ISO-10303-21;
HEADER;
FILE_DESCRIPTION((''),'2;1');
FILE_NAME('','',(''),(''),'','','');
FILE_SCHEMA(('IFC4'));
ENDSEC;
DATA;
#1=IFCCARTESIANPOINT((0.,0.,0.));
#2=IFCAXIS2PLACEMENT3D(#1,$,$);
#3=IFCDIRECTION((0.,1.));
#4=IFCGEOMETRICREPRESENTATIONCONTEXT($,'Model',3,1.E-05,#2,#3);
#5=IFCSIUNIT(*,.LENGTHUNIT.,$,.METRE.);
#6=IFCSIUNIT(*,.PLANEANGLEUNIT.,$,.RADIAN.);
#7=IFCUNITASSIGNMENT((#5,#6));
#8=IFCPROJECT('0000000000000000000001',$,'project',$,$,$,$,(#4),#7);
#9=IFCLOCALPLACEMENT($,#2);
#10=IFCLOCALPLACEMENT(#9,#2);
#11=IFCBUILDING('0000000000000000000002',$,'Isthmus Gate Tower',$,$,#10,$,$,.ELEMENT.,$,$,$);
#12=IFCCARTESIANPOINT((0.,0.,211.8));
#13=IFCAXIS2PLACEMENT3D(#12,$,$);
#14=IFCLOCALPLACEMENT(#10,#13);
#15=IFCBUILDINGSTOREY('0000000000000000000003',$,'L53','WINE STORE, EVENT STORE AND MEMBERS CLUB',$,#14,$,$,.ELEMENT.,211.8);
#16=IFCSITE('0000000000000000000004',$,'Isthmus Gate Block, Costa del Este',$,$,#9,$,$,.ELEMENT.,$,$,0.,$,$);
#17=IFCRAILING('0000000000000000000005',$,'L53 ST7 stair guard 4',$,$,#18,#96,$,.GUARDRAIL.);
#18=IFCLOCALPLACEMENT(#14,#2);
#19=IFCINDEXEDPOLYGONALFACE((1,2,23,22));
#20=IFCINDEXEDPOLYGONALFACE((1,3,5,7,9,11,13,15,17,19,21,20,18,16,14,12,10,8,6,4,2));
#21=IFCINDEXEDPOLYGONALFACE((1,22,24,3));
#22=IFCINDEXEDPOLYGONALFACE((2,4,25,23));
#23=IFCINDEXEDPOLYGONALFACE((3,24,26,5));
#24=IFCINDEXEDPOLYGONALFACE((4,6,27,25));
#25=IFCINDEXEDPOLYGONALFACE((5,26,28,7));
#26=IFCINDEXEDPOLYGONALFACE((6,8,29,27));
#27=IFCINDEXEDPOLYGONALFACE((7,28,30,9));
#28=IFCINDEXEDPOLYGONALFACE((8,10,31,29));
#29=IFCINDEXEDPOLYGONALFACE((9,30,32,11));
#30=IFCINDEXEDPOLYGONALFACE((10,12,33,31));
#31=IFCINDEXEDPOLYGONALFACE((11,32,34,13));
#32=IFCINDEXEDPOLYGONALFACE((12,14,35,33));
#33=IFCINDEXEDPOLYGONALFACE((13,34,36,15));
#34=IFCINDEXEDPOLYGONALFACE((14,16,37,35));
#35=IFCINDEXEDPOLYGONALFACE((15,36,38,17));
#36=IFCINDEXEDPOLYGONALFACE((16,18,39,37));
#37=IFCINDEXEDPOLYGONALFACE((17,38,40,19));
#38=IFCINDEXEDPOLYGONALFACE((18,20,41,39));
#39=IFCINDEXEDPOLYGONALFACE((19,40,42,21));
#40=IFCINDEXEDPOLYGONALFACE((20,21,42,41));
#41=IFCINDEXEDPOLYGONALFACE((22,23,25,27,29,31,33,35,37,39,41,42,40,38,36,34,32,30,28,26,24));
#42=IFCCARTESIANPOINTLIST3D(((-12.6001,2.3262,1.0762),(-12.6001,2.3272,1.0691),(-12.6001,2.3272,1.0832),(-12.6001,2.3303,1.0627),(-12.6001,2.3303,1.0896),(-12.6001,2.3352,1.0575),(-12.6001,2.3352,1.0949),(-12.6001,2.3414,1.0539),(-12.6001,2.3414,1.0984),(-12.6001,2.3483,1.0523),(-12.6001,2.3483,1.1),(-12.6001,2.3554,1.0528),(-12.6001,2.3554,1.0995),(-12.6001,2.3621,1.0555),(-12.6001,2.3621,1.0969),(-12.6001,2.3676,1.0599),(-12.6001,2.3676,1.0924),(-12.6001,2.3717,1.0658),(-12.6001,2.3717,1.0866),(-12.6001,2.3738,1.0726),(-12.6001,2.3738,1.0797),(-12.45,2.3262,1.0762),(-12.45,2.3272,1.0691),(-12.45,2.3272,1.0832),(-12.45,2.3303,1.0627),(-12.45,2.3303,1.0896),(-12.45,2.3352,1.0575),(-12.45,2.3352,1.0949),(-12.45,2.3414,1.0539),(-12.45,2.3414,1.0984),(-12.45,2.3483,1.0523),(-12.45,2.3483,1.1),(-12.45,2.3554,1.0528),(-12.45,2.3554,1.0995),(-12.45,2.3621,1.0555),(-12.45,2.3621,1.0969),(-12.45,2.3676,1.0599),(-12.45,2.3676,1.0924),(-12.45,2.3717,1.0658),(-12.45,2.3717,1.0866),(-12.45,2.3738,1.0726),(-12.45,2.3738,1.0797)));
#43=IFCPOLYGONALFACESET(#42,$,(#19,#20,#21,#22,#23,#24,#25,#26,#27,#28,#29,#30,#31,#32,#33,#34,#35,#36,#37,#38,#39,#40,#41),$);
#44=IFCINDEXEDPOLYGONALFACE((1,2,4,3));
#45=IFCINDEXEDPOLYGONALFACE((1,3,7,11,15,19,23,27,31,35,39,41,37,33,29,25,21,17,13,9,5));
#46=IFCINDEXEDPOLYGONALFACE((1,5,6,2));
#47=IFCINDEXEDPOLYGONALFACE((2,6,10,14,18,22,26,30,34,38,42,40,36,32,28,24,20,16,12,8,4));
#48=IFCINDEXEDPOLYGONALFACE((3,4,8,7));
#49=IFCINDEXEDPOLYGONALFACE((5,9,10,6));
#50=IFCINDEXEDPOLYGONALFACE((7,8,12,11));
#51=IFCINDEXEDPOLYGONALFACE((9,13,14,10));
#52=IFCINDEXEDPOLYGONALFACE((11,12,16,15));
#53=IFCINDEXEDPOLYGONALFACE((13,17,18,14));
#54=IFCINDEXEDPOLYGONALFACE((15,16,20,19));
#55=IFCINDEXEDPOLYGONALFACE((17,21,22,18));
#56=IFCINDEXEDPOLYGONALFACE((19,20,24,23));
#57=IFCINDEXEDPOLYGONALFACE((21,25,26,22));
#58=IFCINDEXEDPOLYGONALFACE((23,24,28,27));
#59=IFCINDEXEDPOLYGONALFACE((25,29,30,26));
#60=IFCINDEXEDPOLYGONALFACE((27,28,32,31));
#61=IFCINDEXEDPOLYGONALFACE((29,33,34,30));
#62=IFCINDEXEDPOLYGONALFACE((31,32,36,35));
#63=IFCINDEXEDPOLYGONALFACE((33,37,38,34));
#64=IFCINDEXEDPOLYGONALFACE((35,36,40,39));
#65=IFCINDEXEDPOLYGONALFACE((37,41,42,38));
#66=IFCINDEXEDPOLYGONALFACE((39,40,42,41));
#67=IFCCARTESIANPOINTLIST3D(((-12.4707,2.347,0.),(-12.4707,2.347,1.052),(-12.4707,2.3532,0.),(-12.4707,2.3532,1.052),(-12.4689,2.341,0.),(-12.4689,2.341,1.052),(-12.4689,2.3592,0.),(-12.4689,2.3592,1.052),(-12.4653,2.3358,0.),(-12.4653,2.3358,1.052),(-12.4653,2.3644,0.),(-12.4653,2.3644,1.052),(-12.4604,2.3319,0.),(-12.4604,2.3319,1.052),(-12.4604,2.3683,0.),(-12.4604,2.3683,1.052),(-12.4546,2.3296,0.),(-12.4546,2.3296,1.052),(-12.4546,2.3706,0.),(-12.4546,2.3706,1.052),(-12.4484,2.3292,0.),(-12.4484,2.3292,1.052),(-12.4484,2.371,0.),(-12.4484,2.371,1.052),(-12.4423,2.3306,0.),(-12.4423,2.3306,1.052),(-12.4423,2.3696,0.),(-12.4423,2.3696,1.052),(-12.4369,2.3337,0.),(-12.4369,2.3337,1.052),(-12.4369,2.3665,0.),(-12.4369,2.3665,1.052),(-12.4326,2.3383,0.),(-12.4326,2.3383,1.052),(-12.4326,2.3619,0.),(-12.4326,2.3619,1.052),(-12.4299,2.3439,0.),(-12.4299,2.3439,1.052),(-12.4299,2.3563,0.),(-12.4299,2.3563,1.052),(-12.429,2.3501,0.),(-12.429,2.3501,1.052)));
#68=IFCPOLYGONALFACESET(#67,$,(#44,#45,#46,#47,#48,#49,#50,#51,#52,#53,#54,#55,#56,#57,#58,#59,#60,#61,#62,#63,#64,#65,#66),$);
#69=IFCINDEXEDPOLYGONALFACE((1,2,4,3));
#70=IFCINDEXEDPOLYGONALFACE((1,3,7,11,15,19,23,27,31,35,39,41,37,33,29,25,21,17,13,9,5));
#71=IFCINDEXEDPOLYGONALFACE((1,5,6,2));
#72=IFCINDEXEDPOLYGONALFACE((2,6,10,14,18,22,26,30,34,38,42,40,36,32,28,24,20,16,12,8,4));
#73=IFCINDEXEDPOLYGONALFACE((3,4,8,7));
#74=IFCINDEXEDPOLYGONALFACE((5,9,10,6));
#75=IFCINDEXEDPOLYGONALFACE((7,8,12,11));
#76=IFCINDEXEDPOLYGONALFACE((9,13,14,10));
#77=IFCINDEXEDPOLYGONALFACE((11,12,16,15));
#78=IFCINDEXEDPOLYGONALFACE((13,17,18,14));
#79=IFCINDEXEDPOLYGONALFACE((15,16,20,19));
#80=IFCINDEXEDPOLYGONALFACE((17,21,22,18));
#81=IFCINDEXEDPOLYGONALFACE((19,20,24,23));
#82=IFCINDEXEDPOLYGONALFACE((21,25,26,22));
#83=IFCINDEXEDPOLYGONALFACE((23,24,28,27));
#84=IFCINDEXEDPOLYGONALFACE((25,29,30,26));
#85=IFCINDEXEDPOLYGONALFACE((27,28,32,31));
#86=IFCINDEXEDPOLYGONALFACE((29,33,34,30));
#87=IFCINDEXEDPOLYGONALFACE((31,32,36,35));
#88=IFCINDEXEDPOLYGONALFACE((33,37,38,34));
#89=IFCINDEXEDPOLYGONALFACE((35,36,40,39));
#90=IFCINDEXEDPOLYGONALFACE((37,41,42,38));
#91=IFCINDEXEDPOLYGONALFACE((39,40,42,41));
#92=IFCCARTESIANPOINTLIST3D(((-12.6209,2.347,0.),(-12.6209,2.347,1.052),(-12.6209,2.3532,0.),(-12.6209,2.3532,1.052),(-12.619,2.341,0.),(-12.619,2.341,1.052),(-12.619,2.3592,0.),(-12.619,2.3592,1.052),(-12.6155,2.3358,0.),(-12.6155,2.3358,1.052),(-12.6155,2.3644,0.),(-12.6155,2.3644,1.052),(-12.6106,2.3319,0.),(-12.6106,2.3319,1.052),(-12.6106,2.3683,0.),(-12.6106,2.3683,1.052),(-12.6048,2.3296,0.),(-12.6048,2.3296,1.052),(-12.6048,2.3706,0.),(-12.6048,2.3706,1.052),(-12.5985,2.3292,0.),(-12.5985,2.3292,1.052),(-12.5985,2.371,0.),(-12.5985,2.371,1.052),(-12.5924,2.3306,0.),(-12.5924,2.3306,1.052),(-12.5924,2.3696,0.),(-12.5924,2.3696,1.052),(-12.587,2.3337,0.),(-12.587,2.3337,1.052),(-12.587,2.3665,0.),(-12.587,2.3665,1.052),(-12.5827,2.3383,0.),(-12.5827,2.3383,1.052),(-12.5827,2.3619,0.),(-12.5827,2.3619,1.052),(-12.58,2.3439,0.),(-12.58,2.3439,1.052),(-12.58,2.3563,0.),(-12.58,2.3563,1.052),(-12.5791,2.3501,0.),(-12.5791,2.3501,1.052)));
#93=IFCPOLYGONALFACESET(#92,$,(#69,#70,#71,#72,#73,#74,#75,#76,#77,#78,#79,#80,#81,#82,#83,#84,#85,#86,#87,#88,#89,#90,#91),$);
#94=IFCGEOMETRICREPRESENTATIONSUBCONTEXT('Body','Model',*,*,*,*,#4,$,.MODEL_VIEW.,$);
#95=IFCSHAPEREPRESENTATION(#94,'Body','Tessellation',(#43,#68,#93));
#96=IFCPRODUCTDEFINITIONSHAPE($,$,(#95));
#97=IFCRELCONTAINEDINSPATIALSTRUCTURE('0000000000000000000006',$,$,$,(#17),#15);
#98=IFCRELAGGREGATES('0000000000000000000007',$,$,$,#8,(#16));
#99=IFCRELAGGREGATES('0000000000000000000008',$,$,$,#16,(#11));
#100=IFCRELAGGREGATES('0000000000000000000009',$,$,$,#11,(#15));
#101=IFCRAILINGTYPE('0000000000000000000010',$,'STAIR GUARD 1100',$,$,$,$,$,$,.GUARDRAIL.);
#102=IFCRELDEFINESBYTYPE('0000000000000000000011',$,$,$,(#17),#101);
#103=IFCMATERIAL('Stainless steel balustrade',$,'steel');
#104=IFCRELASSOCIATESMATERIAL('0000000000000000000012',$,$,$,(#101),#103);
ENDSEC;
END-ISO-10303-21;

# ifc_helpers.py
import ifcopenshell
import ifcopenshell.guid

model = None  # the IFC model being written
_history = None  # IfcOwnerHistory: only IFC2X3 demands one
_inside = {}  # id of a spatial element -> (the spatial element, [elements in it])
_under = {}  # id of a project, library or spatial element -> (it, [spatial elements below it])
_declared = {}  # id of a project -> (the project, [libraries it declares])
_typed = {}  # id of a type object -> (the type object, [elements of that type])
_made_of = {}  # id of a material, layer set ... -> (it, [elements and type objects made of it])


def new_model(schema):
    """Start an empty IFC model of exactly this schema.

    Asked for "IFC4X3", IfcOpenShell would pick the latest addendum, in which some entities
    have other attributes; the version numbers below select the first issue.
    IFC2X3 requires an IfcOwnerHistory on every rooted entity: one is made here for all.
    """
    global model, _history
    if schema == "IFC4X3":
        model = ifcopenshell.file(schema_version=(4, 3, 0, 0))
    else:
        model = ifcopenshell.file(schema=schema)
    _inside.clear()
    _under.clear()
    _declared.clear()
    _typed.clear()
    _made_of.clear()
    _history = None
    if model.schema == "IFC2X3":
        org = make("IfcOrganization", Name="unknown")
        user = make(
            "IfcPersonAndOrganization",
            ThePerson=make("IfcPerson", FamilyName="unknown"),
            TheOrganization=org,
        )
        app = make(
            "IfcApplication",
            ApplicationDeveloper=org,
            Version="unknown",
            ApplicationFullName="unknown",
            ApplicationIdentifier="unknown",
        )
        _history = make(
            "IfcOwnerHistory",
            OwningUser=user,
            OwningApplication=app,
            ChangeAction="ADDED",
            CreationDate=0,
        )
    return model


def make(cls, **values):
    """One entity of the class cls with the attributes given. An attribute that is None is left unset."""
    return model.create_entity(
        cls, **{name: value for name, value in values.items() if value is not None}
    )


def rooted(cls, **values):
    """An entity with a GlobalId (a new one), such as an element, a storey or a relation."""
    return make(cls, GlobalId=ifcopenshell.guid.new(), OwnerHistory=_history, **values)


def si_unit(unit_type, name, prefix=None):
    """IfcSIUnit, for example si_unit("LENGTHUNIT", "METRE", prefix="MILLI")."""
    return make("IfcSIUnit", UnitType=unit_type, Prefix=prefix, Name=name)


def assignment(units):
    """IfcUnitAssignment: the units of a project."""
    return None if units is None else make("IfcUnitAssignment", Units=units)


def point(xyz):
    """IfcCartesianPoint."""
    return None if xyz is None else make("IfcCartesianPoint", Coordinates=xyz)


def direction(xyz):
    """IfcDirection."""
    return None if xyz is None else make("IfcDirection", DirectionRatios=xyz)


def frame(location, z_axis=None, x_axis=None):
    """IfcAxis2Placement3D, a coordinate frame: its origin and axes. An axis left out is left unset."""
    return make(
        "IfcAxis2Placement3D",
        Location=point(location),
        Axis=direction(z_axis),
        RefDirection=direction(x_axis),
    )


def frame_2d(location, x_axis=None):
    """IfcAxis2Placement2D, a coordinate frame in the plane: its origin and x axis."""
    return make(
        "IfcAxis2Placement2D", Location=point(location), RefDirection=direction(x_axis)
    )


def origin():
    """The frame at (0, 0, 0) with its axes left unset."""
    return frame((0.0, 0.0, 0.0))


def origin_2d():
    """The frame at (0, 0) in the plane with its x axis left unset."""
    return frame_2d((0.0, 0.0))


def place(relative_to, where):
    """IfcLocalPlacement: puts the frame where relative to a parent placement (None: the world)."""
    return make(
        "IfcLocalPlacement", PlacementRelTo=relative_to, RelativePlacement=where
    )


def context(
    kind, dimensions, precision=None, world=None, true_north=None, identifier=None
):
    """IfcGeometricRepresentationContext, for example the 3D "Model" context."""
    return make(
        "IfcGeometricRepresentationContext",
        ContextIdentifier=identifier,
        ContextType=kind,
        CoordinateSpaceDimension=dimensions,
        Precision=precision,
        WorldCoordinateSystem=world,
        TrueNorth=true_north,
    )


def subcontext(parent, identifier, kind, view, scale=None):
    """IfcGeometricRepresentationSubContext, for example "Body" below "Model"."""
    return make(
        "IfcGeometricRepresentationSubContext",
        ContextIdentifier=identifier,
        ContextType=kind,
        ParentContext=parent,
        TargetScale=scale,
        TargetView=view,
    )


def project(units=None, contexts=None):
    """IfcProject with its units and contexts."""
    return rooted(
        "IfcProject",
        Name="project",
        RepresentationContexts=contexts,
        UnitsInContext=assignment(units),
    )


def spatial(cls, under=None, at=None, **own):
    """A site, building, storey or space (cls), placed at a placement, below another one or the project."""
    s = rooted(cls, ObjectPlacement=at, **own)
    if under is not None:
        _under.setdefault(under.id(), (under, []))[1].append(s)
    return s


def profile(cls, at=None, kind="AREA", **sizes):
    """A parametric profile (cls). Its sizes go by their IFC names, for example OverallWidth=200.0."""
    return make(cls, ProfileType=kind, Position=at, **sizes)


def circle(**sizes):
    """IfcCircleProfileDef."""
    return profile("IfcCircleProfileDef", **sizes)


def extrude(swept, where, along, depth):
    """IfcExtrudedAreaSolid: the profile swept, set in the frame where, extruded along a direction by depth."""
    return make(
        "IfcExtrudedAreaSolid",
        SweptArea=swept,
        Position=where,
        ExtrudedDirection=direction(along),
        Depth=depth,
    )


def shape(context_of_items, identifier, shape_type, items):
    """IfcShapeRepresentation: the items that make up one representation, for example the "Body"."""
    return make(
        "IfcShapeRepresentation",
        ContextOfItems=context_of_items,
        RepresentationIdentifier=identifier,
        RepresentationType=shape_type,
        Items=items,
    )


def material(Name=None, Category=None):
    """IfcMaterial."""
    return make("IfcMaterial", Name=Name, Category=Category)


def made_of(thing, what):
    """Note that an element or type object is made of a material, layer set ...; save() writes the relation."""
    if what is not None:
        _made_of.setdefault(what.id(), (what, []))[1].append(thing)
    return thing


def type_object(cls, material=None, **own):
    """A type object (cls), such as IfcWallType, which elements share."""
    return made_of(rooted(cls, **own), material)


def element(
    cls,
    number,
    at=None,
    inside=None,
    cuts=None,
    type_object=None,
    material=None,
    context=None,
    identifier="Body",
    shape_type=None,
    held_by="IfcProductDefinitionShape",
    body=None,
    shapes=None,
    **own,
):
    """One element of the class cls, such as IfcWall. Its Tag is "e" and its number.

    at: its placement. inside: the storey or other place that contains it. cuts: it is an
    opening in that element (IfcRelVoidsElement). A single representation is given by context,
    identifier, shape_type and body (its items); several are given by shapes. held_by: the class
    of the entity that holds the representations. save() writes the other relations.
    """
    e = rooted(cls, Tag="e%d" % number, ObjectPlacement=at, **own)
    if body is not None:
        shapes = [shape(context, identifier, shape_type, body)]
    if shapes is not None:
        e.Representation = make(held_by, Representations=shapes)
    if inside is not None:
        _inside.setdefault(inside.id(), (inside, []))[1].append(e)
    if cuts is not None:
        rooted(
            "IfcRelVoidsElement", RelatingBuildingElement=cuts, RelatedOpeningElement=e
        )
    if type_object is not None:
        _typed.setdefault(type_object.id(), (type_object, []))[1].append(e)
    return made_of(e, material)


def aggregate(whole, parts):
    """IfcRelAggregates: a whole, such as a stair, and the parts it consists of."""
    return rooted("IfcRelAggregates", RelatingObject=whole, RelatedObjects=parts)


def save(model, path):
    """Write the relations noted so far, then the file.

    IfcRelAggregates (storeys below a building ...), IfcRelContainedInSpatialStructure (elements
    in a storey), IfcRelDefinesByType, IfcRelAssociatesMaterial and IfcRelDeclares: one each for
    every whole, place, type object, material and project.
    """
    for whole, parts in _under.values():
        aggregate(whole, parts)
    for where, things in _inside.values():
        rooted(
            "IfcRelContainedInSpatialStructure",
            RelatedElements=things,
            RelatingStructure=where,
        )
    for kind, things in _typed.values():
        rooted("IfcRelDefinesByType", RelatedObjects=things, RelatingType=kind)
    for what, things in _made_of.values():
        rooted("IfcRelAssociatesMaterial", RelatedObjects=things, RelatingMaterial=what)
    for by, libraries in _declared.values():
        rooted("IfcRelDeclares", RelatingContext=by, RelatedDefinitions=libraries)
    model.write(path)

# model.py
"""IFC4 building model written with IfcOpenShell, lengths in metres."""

from ifc_helpers import new_model, si_unit, direction, frame, origin, origin_2d, place, context, subcontext, project, spatial, circle, extrude, material, type_object, element, save


model = new_model("IFC4")

# Units and contexts
model_context = context("Model", 3, precision=1e-05, world=origin(), true_north=direction((0.0, 1.0)))
body_context = subcontext(model_context, "Body", "Model", "MODEL_VIEW")
ifc_project = project(units=[si_unit("LENGTHUNIT", "METRE"), si_unit("PLANEANGLEUNIT", "RADIAN")], contexts=[model_context])

# Site, building, storey
site_placement = place(None, origin())
site = spatial("IfcSite", under=ifc_project, at=site_placement, Name="Isthmus Gate Block, Costa del Este", CompositionType="ELEMENT", RefElevation=0.0)
building_placement = place(site_placement, origin())
building = spatial("IfcBuilding", under=site, at=building_placement, Name="Isthmus Gate Tower", CompositionType="ELEMENT")
storey_placement = place(building_placement, frame((0.0, 0.0, 211.8)))
storey = spatial("IfcBuildingStorey", under=building, at=storey_placement, Name="L53", Description="WINE STORE, EVENT STORE AND MEMBERS CLUB", CompositionType="ELEMENT", Elevation=211.8)

# Railing
ifc_material_1 = material(Name="Stainless steel balustrade", Category="steel")
railing_type_1 = type_object("IfcRailingType", Name="STAIR GUARD 1100", PredefinedType="GUARDRAIL", material=ifc_material_1)
railing_1_placement = place(storey_placement, frame((-12.45, 2.3501, 0.0)))
element("IfcRailing", 1, at=railing_1_placement, inside=storey, type_object=railing_type_1, Name="L53 ST7 stair guard 4", PredefinedType="GUARDRAIL", context=body_context, shape_type="SweptSolid", body=[
    extrude(circle(Radius=0.0239, at=origin_2d()), frame((0.0, 0.0, 1.0762), z_axis=(-1.0, 0.0, 0.0), x_axis=(0.0, -1.0, 0.0)), (0.0, 0.0, 1.0), 0.1501),
    extrude(circle(Radius=0.021, at=origin_2d()), origin(), (0.0, 0.0, 1.0), 1.052),
    extrude(circle(Radius=0.021, at=origin_2d()), frame((-0.1501, 0.0, 0.0)), (0.0, 0.0, 1.0), 1.052),
])

save(model, "model.ifc")
